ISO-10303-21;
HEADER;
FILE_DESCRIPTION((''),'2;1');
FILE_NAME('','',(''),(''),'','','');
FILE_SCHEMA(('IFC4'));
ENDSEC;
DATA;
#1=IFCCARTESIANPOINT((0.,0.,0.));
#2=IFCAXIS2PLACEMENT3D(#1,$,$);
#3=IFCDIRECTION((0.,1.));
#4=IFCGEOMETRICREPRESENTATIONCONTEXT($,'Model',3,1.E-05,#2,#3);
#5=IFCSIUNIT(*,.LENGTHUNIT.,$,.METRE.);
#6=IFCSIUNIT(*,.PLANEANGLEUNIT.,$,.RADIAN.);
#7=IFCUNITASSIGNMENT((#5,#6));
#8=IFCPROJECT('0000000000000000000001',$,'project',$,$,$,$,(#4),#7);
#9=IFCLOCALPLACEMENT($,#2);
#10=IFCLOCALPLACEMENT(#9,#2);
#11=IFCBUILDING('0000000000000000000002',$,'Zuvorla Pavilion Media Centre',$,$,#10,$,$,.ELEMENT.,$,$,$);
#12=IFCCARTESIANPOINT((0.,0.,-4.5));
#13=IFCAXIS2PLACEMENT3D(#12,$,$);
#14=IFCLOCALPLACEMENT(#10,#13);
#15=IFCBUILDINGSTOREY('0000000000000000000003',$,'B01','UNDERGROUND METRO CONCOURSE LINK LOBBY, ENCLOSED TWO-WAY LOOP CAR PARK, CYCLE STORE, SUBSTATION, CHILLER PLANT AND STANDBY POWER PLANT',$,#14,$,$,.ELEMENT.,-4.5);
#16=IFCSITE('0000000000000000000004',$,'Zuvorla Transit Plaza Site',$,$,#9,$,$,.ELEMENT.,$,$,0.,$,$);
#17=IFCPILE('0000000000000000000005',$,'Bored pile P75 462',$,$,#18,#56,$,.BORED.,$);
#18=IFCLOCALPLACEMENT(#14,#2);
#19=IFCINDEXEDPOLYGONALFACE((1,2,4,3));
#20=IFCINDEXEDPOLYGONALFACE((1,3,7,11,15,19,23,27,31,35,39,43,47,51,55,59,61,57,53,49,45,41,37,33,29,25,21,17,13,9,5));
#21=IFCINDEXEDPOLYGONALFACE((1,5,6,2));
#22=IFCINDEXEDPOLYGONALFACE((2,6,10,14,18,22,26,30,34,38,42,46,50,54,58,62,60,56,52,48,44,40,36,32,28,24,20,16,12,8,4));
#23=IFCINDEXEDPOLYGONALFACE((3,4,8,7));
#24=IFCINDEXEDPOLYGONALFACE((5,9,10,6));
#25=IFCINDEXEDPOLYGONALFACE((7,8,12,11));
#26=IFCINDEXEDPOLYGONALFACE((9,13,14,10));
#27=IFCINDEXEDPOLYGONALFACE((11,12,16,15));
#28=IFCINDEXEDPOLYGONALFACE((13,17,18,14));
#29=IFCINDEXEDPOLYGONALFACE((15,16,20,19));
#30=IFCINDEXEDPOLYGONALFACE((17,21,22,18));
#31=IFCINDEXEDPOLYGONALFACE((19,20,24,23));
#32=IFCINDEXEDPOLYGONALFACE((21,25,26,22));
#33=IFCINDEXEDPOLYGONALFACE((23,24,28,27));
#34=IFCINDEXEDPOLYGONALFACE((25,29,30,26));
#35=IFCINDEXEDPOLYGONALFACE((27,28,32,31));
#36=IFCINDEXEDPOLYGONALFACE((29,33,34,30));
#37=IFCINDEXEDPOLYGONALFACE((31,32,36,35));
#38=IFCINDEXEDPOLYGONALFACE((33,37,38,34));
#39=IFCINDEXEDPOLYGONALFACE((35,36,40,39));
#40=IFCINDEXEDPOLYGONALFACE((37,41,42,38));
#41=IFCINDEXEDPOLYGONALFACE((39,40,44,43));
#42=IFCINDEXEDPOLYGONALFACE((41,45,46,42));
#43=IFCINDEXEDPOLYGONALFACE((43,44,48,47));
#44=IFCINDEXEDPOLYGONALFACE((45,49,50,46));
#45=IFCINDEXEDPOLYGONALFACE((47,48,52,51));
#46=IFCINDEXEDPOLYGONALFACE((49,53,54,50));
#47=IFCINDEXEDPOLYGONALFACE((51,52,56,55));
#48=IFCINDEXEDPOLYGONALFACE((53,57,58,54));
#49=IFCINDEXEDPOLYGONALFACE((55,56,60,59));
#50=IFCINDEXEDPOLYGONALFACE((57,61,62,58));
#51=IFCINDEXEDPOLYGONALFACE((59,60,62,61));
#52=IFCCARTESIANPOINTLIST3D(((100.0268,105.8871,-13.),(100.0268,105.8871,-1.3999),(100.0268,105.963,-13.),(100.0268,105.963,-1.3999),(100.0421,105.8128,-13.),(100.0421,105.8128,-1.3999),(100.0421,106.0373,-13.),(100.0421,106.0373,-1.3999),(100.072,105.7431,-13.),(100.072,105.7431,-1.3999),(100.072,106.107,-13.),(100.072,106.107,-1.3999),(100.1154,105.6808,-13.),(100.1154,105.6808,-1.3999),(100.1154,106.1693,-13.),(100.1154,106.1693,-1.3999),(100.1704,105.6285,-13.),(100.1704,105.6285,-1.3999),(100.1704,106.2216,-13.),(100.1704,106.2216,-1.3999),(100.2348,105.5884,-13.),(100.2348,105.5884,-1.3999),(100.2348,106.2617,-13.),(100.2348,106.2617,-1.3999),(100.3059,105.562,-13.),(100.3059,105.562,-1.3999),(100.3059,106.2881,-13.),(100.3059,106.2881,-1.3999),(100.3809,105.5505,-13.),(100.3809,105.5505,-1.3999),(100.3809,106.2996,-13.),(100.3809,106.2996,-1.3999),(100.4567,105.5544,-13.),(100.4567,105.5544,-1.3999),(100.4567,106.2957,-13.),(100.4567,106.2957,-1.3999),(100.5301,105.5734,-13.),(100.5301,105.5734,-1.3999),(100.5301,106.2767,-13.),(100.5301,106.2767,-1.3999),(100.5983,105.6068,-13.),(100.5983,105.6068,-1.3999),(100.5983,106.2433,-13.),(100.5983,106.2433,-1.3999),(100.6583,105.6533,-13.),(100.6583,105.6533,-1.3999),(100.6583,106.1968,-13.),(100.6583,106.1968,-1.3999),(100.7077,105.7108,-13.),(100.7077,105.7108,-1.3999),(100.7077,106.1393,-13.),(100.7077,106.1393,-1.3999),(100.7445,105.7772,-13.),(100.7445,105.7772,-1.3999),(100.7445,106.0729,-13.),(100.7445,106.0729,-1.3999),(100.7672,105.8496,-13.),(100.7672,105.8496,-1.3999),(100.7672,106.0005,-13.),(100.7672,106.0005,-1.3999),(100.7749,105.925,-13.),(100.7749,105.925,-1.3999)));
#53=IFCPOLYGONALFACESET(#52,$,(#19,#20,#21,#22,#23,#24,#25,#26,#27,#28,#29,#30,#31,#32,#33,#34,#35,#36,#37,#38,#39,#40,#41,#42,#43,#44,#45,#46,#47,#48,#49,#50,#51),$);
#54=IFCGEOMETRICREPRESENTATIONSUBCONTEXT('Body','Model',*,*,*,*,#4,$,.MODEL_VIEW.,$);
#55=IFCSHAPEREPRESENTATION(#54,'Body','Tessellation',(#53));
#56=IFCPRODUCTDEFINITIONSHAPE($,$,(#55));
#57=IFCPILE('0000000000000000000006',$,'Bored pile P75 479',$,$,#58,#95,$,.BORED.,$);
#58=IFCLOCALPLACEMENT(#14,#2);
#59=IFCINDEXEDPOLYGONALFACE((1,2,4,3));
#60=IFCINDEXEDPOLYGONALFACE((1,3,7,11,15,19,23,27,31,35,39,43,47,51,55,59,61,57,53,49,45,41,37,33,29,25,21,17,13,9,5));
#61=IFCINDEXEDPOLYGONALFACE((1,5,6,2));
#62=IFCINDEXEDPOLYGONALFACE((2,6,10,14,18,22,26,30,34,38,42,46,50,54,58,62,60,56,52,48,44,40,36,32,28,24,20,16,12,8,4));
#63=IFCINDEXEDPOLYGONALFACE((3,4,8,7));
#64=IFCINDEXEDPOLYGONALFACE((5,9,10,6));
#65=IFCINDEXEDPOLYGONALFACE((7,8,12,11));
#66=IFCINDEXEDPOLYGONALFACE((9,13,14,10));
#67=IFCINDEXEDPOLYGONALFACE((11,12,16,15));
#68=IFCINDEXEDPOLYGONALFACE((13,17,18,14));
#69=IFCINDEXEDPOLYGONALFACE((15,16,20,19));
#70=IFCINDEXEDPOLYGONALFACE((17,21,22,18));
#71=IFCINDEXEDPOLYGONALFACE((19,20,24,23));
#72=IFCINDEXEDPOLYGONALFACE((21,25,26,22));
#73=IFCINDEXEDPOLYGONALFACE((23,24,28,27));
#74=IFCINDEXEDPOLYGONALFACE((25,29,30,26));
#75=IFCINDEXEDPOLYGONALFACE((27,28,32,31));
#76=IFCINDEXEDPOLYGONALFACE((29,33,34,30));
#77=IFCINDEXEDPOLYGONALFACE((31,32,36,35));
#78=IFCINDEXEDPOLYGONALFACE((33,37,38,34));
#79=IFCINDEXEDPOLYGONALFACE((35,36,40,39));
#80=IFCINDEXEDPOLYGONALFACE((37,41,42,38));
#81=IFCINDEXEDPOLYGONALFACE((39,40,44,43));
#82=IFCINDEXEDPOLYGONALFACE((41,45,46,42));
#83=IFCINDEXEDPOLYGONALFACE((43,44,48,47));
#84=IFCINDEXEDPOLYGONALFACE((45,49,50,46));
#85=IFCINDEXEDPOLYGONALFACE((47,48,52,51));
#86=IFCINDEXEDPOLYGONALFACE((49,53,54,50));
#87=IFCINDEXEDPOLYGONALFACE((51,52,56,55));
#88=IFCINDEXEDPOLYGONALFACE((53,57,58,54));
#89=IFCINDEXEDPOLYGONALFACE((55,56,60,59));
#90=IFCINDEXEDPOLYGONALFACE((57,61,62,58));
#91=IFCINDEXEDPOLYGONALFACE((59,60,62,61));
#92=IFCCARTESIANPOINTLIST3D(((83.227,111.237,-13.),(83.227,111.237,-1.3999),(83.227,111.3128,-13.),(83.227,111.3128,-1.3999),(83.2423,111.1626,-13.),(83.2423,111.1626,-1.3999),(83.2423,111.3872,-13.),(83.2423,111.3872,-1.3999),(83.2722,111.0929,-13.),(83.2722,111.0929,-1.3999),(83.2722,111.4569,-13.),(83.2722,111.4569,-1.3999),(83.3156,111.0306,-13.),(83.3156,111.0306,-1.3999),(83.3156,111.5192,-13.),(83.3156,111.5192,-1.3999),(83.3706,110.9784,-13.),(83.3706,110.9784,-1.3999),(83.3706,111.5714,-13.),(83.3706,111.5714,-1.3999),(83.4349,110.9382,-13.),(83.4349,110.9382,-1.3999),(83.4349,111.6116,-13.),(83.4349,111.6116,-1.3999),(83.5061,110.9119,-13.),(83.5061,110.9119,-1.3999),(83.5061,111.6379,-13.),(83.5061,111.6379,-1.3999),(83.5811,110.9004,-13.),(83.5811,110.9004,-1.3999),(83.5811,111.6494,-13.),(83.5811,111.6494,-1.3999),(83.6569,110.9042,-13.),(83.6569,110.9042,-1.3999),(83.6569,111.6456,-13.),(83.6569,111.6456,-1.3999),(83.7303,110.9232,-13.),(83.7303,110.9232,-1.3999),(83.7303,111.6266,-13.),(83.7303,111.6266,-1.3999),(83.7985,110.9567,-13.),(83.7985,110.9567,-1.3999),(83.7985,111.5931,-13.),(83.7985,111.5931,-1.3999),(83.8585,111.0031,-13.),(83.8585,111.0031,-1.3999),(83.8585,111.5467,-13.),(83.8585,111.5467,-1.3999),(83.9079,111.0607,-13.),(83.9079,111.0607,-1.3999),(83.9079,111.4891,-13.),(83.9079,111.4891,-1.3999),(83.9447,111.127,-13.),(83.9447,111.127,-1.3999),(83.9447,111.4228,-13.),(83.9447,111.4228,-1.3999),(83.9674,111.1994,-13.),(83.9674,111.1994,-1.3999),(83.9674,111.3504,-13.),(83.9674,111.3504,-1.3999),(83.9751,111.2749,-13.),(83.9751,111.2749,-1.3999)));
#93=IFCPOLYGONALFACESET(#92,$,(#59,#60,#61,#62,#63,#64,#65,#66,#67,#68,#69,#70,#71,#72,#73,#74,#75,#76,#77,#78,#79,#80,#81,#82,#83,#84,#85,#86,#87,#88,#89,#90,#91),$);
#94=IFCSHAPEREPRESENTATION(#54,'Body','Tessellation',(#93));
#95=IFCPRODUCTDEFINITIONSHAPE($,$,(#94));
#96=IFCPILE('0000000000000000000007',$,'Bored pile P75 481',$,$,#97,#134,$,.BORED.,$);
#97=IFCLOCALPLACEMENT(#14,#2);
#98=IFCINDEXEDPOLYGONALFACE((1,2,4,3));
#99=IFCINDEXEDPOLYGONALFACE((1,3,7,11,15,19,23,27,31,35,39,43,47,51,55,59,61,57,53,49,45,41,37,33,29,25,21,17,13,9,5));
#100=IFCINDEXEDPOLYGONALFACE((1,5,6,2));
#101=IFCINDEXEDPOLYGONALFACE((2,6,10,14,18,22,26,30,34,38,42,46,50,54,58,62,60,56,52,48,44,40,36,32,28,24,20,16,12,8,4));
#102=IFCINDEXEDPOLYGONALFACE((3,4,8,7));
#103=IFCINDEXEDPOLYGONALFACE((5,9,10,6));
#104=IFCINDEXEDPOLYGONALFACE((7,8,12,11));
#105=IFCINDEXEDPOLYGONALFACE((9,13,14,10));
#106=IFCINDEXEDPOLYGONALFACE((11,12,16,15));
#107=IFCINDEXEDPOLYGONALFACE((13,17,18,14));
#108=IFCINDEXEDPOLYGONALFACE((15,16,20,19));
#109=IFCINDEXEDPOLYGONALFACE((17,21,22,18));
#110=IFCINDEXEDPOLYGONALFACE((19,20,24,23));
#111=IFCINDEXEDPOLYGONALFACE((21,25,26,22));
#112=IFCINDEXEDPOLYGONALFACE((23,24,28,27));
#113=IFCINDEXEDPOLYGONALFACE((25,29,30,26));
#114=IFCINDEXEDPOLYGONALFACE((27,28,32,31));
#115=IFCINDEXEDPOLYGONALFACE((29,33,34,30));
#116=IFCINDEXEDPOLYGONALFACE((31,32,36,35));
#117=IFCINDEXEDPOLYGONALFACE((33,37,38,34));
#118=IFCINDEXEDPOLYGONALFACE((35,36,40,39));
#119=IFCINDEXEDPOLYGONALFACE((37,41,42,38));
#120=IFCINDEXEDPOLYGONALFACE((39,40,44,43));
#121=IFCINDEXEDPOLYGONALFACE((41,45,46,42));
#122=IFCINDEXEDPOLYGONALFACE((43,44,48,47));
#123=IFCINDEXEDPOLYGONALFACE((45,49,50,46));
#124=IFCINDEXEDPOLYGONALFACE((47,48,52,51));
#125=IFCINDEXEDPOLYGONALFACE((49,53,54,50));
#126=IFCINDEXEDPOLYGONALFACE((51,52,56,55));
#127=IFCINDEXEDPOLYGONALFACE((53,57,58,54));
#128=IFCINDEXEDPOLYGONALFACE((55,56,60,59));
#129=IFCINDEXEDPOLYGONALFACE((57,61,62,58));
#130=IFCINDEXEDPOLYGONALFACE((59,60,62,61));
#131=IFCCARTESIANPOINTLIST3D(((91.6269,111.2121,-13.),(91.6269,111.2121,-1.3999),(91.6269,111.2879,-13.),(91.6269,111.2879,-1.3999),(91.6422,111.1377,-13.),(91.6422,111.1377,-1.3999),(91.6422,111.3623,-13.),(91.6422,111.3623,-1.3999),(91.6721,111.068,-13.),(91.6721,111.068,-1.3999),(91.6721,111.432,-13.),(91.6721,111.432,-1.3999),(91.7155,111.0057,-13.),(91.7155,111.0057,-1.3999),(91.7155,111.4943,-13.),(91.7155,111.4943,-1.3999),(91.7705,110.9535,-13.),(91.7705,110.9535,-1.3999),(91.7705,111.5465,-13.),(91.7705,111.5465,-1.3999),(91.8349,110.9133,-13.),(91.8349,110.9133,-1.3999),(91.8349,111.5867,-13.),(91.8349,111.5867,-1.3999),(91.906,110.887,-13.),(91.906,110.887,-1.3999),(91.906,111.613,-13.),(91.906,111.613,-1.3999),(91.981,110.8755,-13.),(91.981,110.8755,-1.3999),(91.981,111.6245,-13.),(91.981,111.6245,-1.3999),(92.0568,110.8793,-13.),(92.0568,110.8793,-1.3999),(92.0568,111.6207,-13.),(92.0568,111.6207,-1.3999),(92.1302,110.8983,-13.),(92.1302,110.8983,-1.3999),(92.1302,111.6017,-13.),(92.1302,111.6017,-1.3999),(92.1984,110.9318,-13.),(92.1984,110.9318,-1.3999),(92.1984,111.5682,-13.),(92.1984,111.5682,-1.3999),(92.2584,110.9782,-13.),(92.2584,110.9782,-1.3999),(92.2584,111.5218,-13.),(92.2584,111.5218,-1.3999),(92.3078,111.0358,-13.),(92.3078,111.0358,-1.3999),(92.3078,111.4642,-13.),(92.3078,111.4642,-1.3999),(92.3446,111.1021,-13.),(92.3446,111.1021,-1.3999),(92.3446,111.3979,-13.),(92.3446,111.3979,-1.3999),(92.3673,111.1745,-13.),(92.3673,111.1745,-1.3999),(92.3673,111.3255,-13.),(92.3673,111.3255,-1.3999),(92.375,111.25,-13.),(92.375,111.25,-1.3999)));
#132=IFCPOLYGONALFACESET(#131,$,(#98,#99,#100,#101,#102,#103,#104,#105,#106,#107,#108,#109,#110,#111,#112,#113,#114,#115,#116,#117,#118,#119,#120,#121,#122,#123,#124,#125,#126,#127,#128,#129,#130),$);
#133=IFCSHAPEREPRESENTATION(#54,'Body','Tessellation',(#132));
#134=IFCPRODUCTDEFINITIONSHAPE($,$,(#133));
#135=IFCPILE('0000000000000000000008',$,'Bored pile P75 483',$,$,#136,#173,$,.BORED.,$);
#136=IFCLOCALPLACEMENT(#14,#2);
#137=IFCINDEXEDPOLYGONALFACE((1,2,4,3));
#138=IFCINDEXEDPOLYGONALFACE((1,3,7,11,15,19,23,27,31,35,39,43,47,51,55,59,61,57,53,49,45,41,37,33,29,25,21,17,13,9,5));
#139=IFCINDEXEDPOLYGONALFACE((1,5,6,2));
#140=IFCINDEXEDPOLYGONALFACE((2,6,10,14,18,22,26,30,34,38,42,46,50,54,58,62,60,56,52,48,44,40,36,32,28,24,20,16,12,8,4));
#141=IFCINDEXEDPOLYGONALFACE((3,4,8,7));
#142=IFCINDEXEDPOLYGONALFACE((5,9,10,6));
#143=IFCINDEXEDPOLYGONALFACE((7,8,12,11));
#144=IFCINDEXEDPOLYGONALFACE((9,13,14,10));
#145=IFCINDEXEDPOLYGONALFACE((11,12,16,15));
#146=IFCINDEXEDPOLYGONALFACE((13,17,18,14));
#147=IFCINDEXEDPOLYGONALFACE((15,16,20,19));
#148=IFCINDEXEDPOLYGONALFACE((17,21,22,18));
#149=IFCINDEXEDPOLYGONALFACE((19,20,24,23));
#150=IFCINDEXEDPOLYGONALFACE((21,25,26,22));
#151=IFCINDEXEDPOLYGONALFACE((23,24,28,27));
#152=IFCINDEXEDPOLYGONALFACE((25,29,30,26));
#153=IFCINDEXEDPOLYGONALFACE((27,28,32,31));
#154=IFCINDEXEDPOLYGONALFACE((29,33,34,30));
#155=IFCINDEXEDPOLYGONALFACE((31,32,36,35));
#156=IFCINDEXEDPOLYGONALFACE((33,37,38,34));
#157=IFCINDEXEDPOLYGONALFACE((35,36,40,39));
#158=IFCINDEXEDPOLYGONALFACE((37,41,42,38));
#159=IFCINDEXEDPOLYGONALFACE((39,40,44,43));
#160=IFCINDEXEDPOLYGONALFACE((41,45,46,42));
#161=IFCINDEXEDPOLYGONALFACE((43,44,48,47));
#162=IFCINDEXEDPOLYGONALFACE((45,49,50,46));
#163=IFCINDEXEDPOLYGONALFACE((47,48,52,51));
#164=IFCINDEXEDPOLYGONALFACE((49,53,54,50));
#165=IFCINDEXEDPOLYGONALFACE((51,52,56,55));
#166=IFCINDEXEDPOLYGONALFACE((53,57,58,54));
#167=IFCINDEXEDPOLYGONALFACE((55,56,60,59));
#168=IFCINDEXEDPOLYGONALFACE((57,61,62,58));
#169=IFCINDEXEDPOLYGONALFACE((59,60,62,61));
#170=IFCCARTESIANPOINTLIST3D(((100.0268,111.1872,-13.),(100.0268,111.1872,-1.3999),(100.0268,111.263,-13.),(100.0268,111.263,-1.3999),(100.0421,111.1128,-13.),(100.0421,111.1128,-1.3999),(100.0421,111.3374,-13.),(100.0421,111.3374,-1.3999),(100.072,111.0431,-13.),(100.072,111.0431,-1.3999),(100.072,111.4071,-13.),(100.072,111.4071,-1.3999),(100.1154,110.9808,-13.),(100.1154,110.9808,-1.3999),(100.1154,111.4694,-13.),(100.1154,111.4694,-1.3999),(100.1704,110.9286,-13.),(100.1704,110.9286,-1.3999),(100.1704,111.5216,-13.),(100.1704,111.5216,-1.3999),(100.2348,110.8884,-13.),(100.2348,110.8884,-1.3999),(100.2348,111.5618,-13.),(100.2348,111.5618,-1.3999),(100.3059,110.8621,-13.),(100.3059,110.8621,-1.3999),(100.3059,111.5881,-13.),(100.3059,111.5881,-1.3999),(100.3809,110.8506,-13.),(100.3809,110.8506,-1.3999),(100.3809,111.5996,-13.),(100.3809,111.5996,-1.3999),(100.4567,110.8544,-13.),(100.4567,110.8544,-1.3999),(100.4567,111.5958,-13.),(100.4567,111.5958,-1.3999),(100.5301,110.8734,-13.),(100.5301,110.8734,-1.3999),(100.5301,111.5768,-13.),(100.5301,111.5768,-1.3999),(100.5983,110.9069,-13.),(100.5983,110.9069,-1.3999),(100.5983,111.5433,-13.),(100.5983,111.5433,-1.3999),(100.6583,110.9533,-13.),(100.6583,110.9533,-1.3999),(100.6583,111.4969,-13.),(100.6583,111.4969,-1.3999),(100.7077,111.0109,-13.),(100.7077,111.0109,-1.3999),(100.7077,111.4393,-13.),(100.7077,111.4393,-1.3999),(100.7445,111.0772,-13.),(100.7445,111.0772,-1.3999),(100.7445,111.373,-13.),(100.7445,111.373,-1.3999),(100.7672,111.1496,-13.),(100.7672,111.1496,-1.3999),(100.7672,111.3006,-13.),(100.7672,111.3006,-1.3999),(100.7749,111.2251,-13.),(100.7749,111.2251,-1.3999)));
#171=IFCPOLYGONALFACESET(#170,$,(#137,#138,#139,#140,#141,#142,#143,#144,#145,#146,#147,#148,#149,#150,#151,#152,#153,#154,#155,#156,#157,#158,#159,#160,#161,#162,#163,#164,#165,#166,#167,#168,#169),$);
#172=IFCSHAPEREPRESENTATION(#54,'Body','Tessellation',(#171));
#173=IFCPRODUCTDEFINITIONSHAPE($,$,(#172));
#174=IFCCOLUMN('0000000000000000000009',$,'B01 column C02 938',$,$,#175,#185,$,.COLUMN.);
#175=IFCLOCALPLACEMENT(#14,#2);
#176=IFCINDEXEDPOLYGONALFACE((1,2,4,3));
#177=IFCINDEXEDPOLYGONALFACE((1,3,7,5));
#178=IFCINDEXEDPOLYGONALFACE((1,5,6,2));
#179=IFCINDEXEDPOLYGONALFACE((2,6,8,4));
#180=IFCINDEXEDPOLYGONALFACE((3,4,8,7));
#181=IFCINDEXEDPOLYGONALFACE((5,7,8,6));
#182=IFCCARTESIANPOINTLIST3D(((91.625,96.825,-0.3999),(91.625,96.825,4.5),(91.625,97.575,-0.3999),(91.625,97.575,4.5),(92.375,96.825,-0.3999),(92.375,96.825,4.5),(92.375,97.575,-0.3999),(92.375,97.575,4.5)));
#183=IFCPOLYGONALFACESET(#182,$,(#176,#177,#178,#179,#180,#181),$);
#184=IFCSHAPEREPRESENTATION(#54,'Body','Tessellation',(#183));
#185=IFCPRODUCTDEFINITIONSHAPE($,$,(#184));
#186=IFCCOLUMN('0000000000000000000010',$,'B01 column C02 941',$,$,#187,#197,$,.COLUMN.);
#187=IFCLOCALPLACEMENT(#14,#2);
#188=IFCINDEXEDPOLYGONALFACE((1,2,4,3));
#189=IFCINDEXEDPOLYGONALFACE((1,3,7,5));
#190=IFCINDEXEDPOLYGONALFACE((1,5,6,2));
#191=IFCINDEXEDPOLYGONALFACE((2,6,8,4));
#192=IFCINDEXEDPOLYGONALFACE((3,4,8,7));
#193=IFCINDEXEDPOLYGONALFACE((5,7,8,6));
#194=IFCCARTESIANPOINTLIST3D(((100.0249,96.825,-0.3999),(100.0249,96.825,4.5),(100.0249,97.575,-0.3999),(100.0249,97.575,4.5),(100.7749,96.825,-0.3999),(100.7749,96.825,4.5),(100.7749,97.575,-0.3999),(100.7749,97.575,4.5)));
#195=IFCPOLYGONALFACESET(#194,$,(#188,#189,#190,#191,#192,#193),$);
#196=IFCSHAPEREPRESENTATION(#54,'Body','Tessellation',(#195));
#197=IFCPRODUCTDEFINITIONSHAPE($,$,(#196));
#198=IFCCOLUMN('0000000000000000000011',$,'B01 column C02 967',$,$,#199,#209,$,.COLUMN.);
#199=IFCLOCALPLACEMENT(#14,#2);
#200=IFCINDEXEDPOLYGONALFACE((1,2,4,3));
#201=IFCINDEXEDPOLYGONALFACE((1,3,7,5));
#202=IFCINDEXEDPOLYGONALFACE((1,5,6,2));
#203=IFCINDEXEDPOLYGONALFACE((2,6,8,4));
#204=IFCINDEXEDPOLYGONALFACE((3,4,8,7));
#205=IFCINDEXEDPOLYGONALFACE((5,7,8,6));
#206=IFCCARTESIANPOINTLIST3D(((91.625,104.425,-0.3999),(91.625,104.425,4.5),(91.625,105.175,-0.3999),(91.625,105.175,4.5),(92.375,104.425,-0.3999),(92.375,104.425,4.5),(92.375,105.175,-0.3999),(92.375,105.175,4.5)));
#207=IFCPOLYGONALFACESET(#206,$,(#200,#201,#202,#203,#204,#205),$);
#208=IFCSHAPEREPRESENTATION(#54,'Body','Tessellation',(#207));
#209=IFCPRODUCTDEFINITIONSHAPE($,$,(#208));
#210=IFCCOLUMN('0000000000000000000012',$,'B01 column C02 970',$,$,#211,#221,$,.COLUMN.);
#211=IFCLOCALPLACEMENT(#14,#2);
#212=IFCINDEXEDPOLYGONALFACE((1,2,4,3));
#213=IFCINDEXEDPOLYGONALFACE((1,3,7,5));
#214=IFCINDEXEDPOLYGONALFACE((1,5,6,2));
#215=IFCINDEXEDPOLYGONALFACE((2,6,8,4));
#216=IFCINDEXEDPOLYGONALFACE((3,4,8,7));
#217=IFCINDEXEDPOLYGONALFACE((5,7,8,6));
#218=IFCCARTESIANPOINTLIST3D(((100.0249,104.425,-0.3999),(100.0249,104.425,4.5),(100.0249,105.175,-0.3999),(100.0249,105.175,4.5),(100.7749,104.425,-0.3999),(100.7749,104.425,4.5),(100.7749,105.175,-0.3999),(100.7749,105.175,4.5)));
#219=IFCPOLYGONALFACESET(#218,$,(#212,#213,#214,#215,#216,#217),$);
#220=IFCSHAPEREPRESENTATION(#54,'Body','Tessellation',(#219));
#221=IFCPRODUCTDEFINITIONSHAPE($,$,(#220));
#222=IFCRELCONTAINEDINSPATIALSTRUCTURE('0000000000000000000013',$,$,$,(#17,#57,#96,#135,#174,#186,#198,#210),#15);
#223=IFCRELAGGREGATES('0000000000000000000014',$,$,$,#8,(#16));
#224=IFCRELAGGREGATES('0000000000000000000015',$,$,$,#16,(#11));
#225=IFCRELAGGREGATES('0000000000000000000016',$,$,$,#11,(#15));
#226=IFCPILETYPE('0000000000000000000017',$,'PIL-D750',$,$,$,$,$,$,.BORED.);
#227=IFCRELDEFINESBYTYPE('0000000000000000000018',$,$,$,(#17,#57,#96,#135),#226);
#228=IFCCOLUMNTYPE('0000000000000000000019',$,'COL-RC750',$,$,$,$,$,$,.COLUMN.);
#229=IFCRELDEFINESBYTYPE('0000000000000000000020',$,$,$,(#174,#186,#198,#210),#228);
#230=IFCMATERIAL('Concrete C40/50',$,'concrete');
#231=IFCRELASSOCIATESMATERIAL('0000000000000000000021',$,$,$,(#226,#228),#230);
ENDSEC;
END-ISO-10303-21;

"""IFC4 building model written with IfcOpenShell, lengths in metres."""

from ifc_helpers import new_model, si_unit, direction, frame, origin, origin_2d, place, context, subcontext, project, spatial, rectangle, circle, extrude, material, material_profile, profile_set, type_object, element, save


model = new_model("IFC4")

# Units and contexts
model_context = context("Model", 3, precision=1e-05, world=origin(), true_north=direction((0.0, 1.0)))
body_context = subcontext(model_context, "Body", "Model", "MODEL_VIEW")
ifc_project = project(units=[si_unit("LENGTHUNIT", "METRE"), si_unit("PLANEANGLEUNIT", "RADIAN")], contexts=[model_context])

# Site, building, storey
site_placement = place(None, origin())
site = spatial("IfcSite", under=ifc_project, at=site_placement, Name="Zuvorla Transit Plaza Site", CompositionType="ELEMENT", RefElevation=0.0)
building_placement = place(site_placement, origin())
building = spatial("IfcBuilding", under=site, at=building_placement, Name="Zuvorla Pavilion Media Centre", CompositionType="ELEMENT")
storey_placement = place(building_placement, frame((0.0, 0.0, -4.5)))
storey = spatial("IfcBuildingStorey", under=building, at=storey_placement, Name="B01", Description="UNDERGROUND METRO CONCOURSE LINK LOBBY, ENCLOSED TWO-WAY LOOP CAR PARK, CYCLE STORE, SUBSTATION, CHILLER PLANT AND STANDBY POWER PLANT", CompositionType="ELEMENT", Elevation=-4.5)

# Shared definitions
ifc_material = material(Name="Concrete C40/50", Category="concrete")

# Piles
ifc_material_profile_1 = material_profile(ifc_material, circle(Radius=0.375, at=origin_2d()), Name="BORED PILE 750")
ifc_profile_set_1 = profile_set([ifc_material_profile_1], Name="Concrete C40/50")
pile_type = type_object("IfcPileType", Name="PIL-D750", PredefinedType="BORED", material=ifc_profile_set_1)
for number, where, z_axis, x_axis, name in (
    (1, (100.3999, 105.925, -1.3999), (0.0, 0.0, -1.0), (1.0, 0.0, 0.0), "Bored pile P75 462"),
    (2, (83.6001, 111.2749, -1.3999), (0.0, 0.0, -1.0), (1.0, 0.0, 0.0), "Bored pile P75 479"),
    (3, (92.0, 111.25, -1.3999), (0.0, 0.0, -1.0), (1.0, 0.0, 0.0), "Bored pile P75 481"),
    (4, (100.3999, 111.2251, -1.3999), (0.0, 0.0, -1.0), (1.0, 0.0, 0.0), "Bored pile P75 483"),
):
    element("IfcPile", number, at=place(storey_placement, frame(where, z_axis=z_axis, x_axis=x_axis)), inside=storey, type_object=pile_type, Name=name, PredefinedType="BORED", context=body_context, shape_type="SweptSolid", body=[
        extrude(circle(Radius=0.375, at=origin_2d()), origin(), (0.0, 0.0, 1.0), 11.6001),
    ])

# Columns
ifc_material_profile_2 = material_profile(ifc_material, rectangle(XDim=0.75, YDim=0.75, at=origin_2d()), Name="RC 750x750")
ifc_profile_set_2 = profile_set([ifc_material_profile_2], Name="Concrete C40/50")
column_type = type_object("IfcColumnType", Name="COL-RC750", PredefinedType="COLUMN", material=ifc_profile_set_2)
for number, where, z_axis, x_axis, name in (
    (5, (92.0, 97.2, -0.3999), (0.0, 0.0, 1.0), (1.0, 0.0, 0.0), "B01 column C02 938"),
    (6, (100.3999, 97.2, -0.3999), (0.0, 0.0, 1.0), (1.0, 0.0, 0.0), "B01 column C02 941"),
    (7, (92.0, 104.8, -0.3999), (0.0, 0.0, 1.0), (1.0, 0.0, 0.0), "B01 column C02 967"),
    (8, (100.3999, 104.8, -0.3999), (0.0, 0.0, 1.0), (1.0, 0.0, 0.0), "B01 column C02 970"),
):
    element("IfcColumn", number, at=place(storey_placement, frame(where, z_axis=z_axis, x_axis=x_axis)), inside=storey, type_object=column_type, Name=name, PredefinedType="COLUMN", context=body_context, shape_type="SweptSolid", body=[
        extrude(rectangle(XDim=0.75, YDim=0.75, at=origin_2d()), origin(), (0.0, 0.0, 1.0), 4.8999),
    ])

save(model, "model.ifc")
